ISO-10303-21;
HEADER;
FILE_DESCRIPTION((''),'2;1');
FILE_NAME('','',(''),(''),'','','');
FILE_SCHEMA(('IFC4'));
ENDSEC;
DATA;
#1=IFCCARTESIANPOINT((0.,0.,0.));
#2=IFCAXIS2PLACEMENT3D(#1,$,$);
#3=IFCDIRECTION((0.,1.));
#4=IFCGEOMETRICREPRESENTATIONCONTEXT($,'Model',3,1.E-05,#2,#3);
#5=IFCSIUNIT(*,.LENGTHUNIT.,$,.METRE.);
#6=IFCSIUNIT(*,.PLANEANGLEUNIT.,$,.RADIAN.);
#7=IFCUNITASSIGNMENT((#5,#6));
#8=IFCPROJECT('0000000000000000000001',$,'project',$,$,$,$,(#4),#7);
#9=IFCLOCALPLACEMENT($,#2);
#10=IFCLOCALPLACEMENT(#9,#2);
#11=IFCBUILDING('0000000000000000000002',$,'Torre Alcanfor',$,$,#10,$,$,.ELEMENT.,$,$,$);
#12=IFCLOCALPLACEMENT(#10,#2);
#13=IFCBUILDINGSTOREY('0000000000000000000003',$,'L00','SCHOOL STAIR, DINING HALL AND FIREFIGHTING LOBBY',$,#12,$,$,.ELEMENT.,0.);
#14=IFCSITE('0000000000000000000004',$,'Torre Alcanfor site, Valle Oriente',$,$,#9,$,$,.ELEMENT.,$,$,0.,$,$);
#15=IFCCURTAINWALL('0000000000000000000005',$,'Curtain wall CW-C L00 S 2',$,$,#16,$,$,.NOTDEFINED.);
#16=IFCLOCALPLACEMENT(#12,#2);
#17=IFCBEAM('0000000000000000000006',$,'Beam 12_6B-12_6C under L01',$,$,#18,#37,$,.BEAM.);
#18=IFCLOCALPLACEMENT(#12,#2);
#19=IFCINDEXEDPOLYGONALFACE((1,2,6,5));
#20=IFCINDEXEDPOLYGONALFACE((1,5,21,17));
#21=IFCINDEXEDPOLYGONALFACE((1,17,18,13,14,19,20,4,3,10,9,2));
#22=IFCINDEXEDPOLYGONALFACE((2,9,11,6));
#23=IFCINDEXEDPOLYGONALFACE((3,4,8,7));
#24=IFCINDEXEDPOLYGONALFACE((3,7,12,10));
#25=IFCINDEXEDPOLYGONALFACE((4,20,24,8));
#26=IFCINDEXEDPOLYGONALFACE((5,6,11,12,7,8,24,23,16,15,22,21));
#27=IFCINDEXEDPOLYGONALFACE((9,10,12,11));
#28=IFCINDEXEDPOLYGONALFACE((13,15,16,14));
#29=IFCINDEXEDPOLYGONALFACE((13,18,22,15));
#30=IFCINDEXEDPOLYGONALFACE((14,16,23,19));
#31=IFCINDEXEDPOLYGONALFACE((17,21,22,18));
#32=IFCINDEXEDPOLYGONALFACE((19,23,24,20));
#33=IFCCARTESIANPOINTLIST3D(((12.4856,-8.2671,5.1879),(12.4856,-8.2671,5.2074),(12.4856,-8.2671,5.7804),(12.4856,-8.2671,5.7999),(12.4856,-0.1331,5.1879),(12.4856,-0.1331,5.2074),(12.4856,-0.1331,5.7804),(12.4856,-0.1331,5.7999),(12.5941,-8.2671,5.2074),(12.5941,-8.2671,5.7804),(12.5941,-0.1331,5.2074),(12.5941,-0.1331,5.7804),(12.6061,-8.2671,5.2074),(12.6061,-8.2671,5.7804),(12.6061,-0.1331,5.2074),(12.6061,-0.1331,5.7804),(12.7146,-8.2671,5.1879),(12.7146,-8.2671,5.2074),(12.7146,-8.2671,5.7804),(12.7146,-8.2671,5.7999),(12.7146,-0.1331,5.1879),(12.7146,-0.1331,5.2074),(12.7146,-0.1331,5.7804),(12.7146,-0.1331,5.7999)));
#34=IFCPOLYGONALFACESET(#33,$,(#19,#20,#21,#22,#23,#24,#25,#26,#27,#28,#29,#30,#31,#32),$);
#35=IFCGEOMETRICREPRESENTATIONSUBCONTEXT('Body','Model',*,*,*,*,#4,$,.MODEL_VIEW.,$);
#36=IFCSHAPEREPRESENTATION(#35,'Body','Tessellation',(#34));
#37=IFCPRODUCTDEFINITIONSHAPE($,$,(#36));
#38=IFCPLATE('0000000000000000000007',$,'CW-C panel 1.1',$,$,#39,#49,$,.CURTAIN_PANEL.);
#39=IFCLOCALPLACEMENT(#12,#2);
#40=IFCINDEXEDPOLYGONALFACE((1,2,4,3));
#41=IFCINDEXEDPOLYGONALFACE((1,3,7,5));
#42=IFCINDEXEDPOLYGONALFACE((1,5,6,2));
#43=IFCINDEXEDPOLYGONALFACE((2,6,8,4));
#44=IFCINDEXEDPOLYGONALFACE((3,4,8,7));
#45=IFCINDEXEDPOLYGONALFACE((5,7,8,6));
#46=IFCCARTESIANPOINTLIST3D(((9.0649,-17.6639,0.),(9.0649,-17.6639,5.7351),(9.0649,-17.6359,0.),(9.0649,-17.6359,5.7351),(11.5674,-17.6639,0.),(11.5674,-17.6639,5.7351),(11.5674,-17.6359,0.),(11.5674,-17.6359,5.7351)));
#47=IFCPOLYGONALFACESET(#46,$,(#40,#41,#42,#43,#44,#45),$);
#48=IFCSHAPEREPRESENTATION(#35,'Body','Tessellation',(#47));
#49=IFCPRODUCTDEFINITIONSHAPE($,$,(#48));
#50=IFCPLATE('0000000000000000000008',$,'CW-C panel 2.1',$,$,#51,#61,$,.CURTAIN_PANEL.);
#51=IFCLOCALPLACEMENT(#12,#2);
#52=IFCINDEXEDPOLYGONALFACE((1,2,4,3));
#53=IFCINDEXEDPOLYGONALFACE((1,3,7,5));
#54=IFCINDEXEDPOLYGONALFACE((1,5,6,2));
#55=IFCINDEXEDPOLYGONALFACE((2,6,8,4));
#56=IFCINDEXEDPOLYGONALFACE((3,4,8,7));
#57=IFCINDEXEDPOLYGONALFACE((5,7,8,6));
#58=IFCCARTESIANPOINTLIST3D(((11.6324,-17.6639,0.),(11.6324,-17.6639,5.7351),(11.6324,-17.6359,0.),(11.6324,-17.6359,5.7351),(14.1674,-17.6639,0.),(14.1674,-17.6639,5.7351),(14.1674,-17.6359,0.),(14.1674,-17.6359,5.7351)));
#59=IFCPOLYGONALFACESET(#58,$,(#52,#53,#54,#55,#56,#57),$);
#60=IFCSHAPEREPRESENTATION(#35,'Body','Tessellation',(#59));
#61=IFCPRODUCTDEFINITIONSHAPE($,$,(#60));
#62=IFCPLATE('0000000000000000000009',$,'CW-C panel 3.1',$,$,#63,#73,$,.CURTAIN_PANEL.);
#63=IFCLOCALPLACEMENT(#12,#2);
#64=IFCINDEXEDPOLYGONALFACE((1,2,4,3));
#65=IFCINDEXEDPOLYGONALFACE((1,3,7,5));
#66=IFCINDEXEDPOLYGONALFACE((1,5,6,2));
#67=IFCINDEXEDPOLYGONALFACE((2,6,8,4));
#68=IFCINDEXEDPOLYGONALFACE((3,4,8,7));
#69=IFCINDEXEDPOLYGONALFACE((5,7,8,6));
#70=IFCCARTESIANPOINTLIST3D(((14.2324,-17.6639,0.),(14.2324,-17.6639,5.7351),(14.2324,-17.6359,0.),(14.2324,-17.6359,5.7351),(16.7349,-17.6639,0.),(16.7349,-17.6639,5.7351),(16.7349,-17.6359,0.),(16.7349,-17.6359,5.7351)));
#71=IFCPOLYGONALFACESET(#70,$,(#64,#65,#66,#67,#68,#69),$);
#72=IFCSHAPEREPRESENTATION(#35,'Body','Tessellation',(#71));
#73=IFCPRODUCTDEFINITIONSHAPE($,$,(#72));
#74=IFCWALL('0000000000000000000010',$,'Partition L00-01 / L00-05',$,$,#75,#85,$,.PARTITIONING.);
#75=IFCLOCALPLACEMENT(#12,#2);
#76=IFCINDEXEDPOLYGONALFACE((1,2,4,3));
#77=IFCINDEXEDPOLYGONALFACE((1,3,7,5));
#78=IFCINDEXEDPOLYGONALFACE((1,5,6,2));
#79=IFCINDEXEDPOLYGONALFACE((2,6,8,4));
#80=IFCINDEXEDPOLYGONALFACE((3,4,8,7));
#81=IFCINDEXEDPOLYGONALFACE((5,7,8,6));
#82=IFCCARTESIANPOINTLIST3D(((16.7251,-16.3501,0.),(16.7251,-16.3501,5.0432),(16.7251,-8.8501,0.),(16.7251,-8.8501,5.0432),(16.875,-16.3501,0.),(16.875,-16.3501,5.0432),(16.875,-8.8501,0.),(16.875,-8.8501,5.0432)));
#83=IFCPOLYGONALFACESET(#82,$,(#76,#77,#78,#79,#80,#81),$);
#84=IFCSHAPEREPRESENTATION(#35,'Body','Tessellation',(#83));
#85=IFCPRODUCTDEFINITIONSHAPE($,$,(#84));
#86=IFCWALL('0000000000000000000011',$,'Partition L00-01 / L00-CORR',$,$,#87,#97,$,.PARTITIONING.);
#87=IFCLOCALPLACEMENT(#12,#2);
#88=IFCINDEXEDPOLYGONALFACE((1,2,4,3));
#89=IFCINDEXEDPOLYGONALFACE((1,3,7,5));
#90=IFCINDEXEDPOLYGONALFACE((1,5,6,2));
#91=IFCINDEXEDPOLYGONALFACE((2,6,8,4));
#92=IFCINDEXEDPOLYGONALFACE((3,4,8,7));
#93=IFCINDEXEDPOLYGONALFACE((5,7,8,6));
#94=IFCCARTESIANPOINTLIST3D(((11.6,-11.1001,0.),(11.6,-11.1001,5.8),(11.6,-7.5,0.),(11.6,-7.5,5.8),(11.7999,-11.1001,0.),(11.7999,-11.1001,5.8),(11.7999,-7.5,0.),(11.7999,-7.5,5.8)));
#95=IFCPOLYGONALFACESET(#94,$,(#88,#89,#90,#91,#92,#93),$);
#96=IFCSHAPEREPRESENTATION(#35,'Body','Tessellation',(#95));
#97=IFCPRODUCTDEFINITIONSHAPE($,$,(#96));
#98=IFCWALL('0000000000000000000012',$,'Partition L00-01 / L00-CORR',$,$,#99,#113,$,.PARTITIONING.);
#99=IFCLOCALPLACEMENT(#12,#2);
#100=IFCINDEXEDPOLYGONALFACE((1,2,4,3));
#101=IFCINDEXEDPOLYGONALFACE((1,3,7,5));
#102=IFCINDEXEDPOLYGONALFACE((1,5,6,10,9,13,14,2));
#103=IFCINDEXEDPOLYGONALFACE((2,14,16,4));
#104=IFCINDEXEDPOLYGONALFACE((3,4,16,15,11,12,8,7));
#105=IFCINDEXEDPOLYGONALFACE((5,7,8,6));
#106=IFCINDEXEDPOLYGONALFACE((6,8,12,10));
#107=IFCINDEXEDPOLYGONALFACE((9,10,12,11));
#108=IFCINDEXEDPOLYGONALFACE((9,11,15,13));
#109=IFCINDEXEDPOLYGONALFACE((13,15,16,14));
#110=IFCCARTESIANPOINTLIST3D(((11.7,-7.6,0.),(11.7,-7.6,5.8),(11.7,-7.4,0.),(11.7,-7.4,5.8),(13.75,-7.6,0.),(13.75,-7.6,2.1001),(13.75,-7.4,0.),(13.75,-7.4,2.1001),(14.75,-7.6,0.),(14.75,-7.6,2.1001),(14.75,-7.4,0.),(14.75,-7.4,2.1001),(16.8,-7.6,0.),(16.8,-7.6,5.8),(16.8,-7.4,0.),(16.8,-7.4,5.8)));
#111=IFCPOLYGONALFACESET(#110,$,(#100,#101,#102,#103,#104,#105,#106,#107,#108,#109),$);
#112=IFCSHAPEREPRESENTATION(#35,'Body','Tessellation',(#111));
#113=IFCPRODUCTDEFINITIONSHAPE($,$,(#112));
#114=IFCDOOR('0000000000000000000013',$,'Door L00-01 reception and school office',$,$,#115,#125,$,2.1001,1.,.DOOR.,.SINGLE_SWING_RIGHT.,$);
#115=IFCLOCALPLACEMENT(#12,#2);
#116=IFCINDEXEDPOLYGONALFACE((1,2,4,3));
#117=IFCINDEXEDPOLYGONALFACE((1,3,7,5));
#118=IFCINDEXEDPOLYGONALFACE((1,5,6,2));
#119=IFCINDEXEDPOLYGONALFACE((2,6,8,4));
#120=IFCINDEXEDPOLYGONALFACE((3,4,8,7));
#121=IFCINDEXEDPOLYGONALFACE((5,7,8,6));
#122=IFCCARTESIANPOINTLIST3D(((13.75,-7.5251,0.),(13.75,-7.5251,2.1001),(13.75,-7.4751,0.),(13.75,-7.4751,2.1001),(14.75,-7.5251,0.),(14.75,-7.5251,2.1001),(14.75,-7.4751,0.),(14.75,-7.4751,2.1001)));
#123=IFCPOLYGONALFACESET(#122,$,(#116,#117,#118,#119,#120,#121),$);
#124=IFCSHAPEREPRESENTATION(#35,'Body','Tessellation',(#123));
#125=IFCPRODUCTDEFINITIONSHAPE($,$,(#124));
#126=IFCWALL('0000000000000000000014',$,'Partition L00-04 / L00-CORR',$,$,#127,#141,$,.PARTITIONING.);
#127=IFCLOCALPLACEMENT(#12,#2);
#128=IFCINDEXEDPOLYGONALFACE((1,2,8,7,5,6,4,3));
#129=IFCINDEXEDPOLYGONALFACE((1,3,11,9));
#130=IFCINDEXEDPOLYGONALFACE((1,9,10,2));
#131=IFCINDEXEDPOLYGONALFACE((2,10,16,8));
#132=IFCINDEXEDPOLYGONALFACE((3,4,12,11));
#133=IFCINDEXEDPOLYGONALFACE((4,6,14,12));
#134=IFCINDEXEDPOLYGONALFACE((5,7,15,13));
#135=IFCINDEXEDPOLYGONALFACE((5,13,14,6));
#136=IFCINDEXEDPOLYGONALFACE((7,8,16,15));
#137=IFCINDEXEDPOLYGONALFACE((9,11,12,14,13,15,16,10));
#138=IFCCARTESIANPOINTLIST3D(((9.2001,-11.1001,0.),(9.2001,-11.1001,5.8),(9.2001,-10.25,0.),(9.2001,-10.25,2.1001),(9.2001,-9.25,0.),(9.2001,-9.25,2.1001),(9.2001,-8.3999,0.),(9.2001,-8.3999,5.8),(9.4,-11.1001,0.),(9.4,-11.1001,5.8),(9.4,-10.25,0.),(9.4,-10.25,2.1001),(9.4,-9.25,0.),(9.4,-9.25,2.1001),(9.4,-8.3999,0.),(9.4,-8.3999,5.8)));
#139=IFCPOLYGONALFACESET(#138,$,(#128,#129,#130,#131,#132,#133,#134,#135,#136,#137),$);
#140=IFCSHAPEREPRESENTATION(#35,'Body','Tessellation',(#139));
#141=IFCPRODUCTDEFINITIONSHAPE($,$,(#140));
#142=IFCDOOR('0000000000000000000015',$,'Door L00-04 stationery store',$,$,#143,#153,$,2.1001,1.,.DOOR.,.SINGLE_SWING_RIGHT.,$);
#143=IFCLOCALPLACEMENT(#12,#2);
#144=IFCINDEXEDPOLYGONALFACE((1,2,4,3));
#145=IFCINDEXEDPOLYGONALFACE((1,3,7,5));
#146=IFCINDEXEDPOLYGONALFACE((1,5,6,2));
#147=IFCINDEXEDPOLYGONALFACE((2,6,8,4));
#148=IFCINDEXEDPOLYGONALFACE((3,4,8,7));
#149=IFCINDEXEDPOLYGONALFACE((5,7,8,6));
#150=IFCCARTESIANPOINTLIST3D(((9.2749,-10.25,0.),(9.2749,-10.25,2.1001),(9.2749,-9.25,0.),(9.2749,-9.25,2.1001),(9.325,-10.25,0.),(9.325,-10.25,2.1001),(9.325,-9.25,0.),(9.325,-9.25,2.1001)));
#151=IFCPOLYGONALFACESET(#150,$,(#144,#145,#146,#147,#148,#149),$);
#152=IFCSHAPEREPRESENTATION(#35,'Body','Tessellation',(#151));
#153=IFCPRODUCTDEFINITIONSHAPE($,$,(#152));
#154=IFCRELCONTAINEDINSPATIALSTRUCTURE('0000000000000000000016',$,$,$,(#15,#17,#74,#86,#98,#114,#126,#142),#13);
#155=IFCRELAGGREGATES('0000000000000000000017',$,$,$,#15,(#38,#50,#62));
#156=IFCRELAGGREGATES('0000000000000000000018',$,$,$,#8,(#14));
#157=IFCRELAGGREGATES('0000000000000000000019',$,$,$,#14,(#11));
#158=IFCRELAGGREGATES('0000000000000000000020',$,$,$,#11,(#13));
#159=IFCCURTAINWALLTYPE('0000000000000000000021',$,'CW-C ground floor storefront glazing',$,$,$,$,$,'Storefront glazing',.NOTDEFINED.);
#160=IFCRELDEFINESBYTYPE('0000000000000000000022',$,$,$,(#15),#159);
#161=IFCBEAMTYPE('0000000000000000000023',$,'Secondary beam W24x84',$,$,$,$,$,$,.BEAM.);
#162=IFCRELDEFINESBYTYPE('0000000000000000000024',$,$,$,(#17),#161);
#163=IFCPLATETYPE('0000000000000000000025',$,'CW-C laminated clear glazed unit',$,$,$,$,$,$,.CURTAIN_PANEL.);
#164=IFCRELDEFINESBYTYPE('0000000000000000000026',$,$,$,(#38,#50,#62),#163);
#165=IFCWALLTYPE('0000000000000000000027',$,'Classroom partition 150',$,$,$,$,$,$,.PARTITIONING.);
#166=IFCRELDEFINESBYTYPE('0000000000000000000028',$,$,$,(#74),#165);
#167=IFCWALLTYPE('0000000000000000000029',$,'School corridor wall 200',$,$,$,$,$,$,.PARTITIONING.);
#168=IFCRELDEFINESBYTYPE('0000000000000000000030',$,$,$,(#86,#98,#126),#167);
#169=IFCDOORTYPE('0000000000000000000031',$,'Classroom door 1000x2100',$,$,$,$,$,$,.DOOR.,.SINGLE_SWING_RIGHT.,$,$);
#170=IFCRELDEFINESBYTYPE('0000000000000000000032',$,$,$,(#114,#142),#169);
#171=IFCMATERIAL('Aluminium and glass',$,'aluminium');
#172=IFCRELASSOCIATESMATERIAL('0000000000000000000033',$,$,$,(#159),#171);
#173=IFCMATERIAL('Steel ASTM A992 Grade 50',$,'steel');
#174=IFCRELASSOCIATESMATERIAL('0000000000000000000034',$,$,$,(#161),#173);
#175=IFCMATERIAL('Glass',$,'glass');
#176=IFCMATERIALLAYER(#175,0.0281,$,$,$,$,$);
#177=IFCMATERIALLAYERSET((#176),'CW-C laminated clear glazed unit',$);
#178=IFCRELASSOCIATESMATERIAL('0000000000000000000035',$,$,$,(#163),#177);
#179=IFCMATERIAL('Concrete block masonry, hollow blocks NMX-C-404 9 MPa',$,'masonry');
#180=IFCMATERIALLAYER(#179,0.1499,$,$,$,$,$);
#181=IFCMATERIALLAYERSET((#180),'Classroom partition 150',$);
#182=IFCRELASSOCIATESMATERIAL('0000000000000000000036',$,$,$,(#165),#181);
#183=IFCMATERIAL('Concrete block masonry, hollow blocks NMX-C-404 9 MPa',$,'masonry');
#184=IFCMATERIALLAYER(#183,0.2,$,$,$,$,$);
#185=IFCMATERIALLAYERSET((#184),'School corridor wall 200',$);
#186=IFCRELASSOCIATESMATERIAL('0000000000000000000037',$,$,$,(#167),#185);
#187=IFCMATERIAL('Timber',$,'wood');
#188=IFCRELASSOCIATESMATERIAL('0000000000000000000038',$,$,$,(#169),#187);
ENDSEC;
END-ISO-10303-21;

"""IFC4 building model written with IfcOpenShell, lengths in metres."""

from ifc_helpers import new_model, si_unit, direction, frame, frame_2d, origin, origin_2d, place, context, subcontext, project, spatial, rectangle, i_section, extrude, material, layer, layer_set, material_profile, profile_set, type_object, element, fill, aggregate, save


model = new_model("IFC4")

# Units and contexts
model_context = context("Model", 3, precision=1e-05, world=origin(), true_north=direction((0.0, 1.0)))
body_context = subcontext(model_context, "Body", "Model", "MODEL_VIEW")
ifc_project = project(units=[si_unit("LENGTHUNIT", "METRE"), si_unit("PLANEANGLEUNIT", "RADIAN")], contexts=[model_context])

# Site, building, storey
site_placement = place(None, origin())
site = spatial("IfcSite", under=ifc_project, at=site_placement, Name="Torre Alcanfor site, Valle Oriente", CompositionType="ELEMENT", RefElevation=0.0)
building_placement = place(site_placement, origin())
building = spatial("IfcBuilding", under=site, at=building_placement, Name="Torre Alcanfor", CompositionType="ELEMENT")
storey_placement = place(building_placement, origin())
storey = spatial("IfcBuildingStorey", under=building, at=storey_placement, Name="L00", Description="SCHOOL STAIR, DINING HALL AND FIREFIGHTING LOBBY", CompositionType="ELEMENT", Elevation=0.0)

# Curtain wall
ifc_material_1 = material(Name="Aluminium and glass", Category="aluminium")
curtain_wall_type = type_object("IfcCurtainWallType", Name="CW-C ground floor storefront glazing", ElementType="Storefront glazing", PredefinedType="NOTDEFINED", material=ifc_material_1)
curtain_wall_placement = place(storey_placement, origin())
curtain_wall = element("IfcCurtainWall", 1, at=curtain_wall_placement, inside=storey, type_object=curtain_wall_type, Name="Curtain wall CW-C L00 S 2", PredefinedType="NOTDEFINED")

# Beam
ifc_material_2 = material(Name="Steel ASTM A992 Grade 50", Category="steel")
ifc_material_profile_1 = material_profile(ifc_material_2, i_section(OverallWidth=0.229, OverallDepth=0.6121, WebThickness=0.012, FlangeThickness=0.0195, at=origin_2d()), Name="W24x84")
ifc_profile_set_1 = profile_set([ifc_material_profile_1], Name="Steel ASTM A992 Grade 50")
beam_type_1 = type_object("IfcBeamType", Name="Secondary beam W24x84", PredefinedType="BEAM", material=ifc_profile_set_1)
beam_1_placement = place(storey_placement, frame((12.6001, -8.2671, 5.4939), z_axis=(0.0, 1.0, 0.0), x_axis=(-1.0, 0.0, 0.0)))
element("IfcBeam", 2, at=beam_1_placement, inside=storey, type_object=beam_type_1, Name="Beam 12_6B-12_6C under L01", PredefinedType="BEAM", context=body_context, shape_type="SweptSolid", body=[
    extrude(i_section(OverallWidth=0.229, OverallDepth=0.6121, WebThickness=0.012, FlangeThickness=0.0195, at=origin_2d()), origin(), (0.0, 0.0, 1.0), 8.134),
])

# Plates
ifc_material_3 = material(Name="Glass", Category="glass")
ifc_layer_1 = layer(ifc_material_3, 0.0281)
ifc_layer_set_1 = layer_set([ifc_layer_1], Name="CW-C laminated clear glazed unit")
plate_type = type_object("IfcPlateType", Name="CW-C laminated clear glazed unit", PredefinedType="CURTAIN_PANEL", material=ifc_layer_set_1)
plate_1_placement = place(storey_placement, frame((10.3162, -17.6499, 0.0), z_axis=(0.0, 0.0, 1.0), x_axis=(1.0, 0.0, 0.0)))
plate_1 = element("IfcPlate", 3, at=plate_1_placement, type_object=plate_type, Name="CW-C panel 1.1", PredefinedType="CURTAIN_PANEL", context=body_context, shape_type="SweptSolid", body=[
    extrude(rectangle(XDim=2.5024, YDim=0.0281, at=origin_2d()), origin(), (0.0, 0.0, 1.0), 5.7351),
])
plate_2_placement = place(storey_placement, frame((12.8999, -17.6499, 0.0), z_axis=(0.0, 0.0, 1.0), x_axis=(1.0, 0.0, 0.0)))
plate_2 = element("IfcPlate", 4, at=plate_2_placement, type_object=plate_type, Name="CW-C panel 2.1", PredefinedType="CURTAIN_PANEL", context=body_context, shape_type="SweptSolid", body=[
    extrude(rectangle(XDim=2.5349, YDim=0.0281, at=origin_2d()), origin(), (0.0, 0.0, 1.0), 5.7351),
])
plate_3_placement = place(storey_placement, frame((15.4836, -17.6499, 0.0), z_axis=(0.0, 0.0, 1.0), x_axis=(1.0, 0.0, 0.0)))
plate_3 = element("IfcPlate", 5, at=plate_3_placement, type_object=plate_type, Name="CW-C panel 3.1", PredefinedType="CURTAIN_PANEL", context=body_context, shape_type="SweptSolid", body=[
    extrude(rectangle(XDim=2.5024, YDim=0.0281, at=origin_2d()), origin(), (0.0, 0.0, 1.0), 5.7351),
])
aggregate(curtain_wall, [plate_1, plate_2, plate_3])

# Wall
ifc_material_4 = material(Name="Concrete block masonry, hollow blocks NMX-C-404 9 MPa", Category="masonry")
ifc_layer_2 = layer(ifc_material_4, 0.1499)
ifc_layer_set_2 = layer_set([ifc_layer_2], Name="Classroom partition 150")
wall_type_1 = type_object("IfcWallType", Name="Classroom partition 150", PredefinedType="PARTITIONING", material=ifc_layer_set_2)
wall_1_placement = place(storey_placement, frame((16.8, -8.8501, 0.0), z_axis=(0.0, 0.0, 1.0), x_axis=(0.0, -1.0, 0.0)))
element("IfcWall", 6, at=wall_1_placement, inside=storey, type_object=wall_type_1, Name="Partition L00-01 / L00-05", PredefinedType="PARTITIONING", context=body_context, shape_type="SweptSolid", body=[
    extrude(rectangle(XDim=7.5, YDim=0.1499, at=frame_2d((3.75, 0.0))), origin(), (0.0, 0.0, 1.0), 5.0432),
])

# Wall
ifc_material_5 = material(Name="Concrete block masonry, hollow blocks NMX-C-404 9 MPa", Category="masonry")
ifc_layer_3 = layer(ifc_material_5, 0.2)
ifc_layer_set_3 = layer_set([ifc_layer_3], Name="School corridor wall 200")
wall_type_2 = type_object("IfcWallType", Name="School corridor wall 200", PredefinedType="PARTITIONING", material=ifc_layer_set_3)
wall_2_placement = place(storey_placement, frame((11.7, -11.1001, 0.0), z_axis=(0.0, 0.0, 1.0), x_axis=(0.0, 1.0, 0.0)))
element("IfcWall", 7, at=wall_2_placement, inside=storey, type_object=wall_type_2, Name="Partition L00-01 / L00-CORR", PredefinedType="PARTITIONING", context=body_context, shape_type="SweptSolid", body=[
    extrude(rectangle(XDim=3.6001, YDim=0.2, at=frame_2d((1.8, 0.0))), origin(), (0.0, 0.0, 1.0), 5.8),
])

# Walls, openings, doors
wall_3_placement = place(storey_placement, frame((11.7, -7.5, 0.0), z_axis=(0.0, 0.0, 1.0), x_axis=(1.0, 0.0, 0.0)))
wall_3 = element("IfcWall", 8, at=wall_3_placement, inside=storey, type_object=wall_type_2, Name="Partition L00-01 / L00-CORR", PredefinedType="PARTITIONING", context=body_context, shape_type="SweptSolid", body=[
    extrude(rectangle(XDim=5.1001, YDim=0.2, at=frame_2d((2.55, 0.0))), origin(), (0.0, 0.0, 1.0), 5.8),
])
opening_1_placement = place(wall_3_placement, frame((2.05, 0.0, 0.0)))
opening_1 = element("IfcOpeningElement", 9, at=opening_1_placement, cuts=wall_3, PredefinedType="OPENING", context=body_context, shape_type="SweptSolid", body=[
    extrude(rectangle(XDim=1.0, YDim=2.1001, at=frame_2d((0.5, 1.05))), frame((0.0, 0.1099, 0.0), z_axis=(0.0, -1.0, 0.0), x_axis=(1.0, 0.0, 0.0)), (0.0, 0.0, 1.0), 0.22),
])
ifc_material_6 = material(Name="Timber", Category="wood")
door_type_1 = type_object("IfcDoorType", Name="Classroom door 1000x2100", OperationType="SINGLE_SWING_RIGHT", PredefinedType="DOOR", material=ifc_material_6)
door_1_placement = place(opening_1_placement, frame((1.0, 0.0, 0.0), z_axis=(0.0, 0.0, 1.0), x_axis=(-1.0, 0.0, 0.0)))
door_1 = element("IfcDoor", 10, at=door_1_placement, inside=storey, type_object=door_type_1, Name="Door L00-01 reception and school office", OperationType="SINGLE_SWING_RIGHT", OverallHeight=2.1001, OverallWidth=1.0, PredefinedType="DOOR", context=body_context, shape_type="SweptSolid", body=[
    extrude(rectangle(XDim=1.0, YDim=2.1001, at=frame_2d((0.5, 1.05))), frame((0.0, 0.0251, 0.0), z_axis=(0.0, -1.0, 0.0), x_axis=(1.0, 0.0, 0.0)), (0.0, 0.0, 1.0), 0.05),
])
fill(opening_1, door_1)
wall_4_placement = place(storey_placement, frame((9.3, -8.3999, 0.0), z_axis=(0.0, 0.0, 1.0), x_axis=(0.0, -1.0, 0.0)))
wall_4 = element("IfcWall", 11, at=wall_4_placement, inside=storey, type_object=wall_type_2, Name="Partition L00-04 / L00-CORR", PredefinedType="PARTITIONING", context=body_context, shape_type="SweptSolid", body=[
    extrude(rectangle(XDim=2.7002, YDim=0.2, at=frame_2d((1.3501, 0.0))), origin(), (0.0, 0.0, 1.0), 5.8),
])
opening_2_placement = place(wall_4_placement, frame((0.8501, 0.0, 0.0)))
opening_2 = element("IfcOpeningElement", 12, at=opening_2_placement, cuts=wall_4, PredefinedType="OPENING", context=body_context, shape_type="SweptSolid", body=[
    extrude(rectangle(XDim=1.0, YDim=2.1001, at=frame_2d((0.5, 1.05))), frame((0.0, 0.1099, 0.0), z_axis=(0.0, -1.0, 0.0), x_axis=(1.0, 0.0, 0.0)), (0.0, 0.0, 1.0), 0.22),
])
door_2_placement = place(opening_2_placement, frame((1.0, 0.0, 0.0), z_axis=(0.0, 0.0, 1.0), x_axis=(-1.0, 0.0, 0.0)))
door_2 = element("IfcDoor", 13, at=door_2_placement, inside=storey, type_object=door_type_1, Name="Door L00-04 stationery store", OperationType="SINGLE_SWING_RIGHT", OverallHeight=2.1001, OverallWidth=1.0, PredefinedType="DOOR", context=body_context, shape_type="SweptSolid", body=[
    extrude(rectangle(XDim=1.0, YDim=2.1001, at=frame_2d((0.5, 1.05))), frame((0.0, 0.0251, 0.0), z_axis=(0.0, -1.0, 0.0), x_axis=(1.0, 0.0, 0.0)), (0.0, 0.0, 1.0), 0.05),
])
fill(opening_2, door_2)

save(model, "model.ifc")
